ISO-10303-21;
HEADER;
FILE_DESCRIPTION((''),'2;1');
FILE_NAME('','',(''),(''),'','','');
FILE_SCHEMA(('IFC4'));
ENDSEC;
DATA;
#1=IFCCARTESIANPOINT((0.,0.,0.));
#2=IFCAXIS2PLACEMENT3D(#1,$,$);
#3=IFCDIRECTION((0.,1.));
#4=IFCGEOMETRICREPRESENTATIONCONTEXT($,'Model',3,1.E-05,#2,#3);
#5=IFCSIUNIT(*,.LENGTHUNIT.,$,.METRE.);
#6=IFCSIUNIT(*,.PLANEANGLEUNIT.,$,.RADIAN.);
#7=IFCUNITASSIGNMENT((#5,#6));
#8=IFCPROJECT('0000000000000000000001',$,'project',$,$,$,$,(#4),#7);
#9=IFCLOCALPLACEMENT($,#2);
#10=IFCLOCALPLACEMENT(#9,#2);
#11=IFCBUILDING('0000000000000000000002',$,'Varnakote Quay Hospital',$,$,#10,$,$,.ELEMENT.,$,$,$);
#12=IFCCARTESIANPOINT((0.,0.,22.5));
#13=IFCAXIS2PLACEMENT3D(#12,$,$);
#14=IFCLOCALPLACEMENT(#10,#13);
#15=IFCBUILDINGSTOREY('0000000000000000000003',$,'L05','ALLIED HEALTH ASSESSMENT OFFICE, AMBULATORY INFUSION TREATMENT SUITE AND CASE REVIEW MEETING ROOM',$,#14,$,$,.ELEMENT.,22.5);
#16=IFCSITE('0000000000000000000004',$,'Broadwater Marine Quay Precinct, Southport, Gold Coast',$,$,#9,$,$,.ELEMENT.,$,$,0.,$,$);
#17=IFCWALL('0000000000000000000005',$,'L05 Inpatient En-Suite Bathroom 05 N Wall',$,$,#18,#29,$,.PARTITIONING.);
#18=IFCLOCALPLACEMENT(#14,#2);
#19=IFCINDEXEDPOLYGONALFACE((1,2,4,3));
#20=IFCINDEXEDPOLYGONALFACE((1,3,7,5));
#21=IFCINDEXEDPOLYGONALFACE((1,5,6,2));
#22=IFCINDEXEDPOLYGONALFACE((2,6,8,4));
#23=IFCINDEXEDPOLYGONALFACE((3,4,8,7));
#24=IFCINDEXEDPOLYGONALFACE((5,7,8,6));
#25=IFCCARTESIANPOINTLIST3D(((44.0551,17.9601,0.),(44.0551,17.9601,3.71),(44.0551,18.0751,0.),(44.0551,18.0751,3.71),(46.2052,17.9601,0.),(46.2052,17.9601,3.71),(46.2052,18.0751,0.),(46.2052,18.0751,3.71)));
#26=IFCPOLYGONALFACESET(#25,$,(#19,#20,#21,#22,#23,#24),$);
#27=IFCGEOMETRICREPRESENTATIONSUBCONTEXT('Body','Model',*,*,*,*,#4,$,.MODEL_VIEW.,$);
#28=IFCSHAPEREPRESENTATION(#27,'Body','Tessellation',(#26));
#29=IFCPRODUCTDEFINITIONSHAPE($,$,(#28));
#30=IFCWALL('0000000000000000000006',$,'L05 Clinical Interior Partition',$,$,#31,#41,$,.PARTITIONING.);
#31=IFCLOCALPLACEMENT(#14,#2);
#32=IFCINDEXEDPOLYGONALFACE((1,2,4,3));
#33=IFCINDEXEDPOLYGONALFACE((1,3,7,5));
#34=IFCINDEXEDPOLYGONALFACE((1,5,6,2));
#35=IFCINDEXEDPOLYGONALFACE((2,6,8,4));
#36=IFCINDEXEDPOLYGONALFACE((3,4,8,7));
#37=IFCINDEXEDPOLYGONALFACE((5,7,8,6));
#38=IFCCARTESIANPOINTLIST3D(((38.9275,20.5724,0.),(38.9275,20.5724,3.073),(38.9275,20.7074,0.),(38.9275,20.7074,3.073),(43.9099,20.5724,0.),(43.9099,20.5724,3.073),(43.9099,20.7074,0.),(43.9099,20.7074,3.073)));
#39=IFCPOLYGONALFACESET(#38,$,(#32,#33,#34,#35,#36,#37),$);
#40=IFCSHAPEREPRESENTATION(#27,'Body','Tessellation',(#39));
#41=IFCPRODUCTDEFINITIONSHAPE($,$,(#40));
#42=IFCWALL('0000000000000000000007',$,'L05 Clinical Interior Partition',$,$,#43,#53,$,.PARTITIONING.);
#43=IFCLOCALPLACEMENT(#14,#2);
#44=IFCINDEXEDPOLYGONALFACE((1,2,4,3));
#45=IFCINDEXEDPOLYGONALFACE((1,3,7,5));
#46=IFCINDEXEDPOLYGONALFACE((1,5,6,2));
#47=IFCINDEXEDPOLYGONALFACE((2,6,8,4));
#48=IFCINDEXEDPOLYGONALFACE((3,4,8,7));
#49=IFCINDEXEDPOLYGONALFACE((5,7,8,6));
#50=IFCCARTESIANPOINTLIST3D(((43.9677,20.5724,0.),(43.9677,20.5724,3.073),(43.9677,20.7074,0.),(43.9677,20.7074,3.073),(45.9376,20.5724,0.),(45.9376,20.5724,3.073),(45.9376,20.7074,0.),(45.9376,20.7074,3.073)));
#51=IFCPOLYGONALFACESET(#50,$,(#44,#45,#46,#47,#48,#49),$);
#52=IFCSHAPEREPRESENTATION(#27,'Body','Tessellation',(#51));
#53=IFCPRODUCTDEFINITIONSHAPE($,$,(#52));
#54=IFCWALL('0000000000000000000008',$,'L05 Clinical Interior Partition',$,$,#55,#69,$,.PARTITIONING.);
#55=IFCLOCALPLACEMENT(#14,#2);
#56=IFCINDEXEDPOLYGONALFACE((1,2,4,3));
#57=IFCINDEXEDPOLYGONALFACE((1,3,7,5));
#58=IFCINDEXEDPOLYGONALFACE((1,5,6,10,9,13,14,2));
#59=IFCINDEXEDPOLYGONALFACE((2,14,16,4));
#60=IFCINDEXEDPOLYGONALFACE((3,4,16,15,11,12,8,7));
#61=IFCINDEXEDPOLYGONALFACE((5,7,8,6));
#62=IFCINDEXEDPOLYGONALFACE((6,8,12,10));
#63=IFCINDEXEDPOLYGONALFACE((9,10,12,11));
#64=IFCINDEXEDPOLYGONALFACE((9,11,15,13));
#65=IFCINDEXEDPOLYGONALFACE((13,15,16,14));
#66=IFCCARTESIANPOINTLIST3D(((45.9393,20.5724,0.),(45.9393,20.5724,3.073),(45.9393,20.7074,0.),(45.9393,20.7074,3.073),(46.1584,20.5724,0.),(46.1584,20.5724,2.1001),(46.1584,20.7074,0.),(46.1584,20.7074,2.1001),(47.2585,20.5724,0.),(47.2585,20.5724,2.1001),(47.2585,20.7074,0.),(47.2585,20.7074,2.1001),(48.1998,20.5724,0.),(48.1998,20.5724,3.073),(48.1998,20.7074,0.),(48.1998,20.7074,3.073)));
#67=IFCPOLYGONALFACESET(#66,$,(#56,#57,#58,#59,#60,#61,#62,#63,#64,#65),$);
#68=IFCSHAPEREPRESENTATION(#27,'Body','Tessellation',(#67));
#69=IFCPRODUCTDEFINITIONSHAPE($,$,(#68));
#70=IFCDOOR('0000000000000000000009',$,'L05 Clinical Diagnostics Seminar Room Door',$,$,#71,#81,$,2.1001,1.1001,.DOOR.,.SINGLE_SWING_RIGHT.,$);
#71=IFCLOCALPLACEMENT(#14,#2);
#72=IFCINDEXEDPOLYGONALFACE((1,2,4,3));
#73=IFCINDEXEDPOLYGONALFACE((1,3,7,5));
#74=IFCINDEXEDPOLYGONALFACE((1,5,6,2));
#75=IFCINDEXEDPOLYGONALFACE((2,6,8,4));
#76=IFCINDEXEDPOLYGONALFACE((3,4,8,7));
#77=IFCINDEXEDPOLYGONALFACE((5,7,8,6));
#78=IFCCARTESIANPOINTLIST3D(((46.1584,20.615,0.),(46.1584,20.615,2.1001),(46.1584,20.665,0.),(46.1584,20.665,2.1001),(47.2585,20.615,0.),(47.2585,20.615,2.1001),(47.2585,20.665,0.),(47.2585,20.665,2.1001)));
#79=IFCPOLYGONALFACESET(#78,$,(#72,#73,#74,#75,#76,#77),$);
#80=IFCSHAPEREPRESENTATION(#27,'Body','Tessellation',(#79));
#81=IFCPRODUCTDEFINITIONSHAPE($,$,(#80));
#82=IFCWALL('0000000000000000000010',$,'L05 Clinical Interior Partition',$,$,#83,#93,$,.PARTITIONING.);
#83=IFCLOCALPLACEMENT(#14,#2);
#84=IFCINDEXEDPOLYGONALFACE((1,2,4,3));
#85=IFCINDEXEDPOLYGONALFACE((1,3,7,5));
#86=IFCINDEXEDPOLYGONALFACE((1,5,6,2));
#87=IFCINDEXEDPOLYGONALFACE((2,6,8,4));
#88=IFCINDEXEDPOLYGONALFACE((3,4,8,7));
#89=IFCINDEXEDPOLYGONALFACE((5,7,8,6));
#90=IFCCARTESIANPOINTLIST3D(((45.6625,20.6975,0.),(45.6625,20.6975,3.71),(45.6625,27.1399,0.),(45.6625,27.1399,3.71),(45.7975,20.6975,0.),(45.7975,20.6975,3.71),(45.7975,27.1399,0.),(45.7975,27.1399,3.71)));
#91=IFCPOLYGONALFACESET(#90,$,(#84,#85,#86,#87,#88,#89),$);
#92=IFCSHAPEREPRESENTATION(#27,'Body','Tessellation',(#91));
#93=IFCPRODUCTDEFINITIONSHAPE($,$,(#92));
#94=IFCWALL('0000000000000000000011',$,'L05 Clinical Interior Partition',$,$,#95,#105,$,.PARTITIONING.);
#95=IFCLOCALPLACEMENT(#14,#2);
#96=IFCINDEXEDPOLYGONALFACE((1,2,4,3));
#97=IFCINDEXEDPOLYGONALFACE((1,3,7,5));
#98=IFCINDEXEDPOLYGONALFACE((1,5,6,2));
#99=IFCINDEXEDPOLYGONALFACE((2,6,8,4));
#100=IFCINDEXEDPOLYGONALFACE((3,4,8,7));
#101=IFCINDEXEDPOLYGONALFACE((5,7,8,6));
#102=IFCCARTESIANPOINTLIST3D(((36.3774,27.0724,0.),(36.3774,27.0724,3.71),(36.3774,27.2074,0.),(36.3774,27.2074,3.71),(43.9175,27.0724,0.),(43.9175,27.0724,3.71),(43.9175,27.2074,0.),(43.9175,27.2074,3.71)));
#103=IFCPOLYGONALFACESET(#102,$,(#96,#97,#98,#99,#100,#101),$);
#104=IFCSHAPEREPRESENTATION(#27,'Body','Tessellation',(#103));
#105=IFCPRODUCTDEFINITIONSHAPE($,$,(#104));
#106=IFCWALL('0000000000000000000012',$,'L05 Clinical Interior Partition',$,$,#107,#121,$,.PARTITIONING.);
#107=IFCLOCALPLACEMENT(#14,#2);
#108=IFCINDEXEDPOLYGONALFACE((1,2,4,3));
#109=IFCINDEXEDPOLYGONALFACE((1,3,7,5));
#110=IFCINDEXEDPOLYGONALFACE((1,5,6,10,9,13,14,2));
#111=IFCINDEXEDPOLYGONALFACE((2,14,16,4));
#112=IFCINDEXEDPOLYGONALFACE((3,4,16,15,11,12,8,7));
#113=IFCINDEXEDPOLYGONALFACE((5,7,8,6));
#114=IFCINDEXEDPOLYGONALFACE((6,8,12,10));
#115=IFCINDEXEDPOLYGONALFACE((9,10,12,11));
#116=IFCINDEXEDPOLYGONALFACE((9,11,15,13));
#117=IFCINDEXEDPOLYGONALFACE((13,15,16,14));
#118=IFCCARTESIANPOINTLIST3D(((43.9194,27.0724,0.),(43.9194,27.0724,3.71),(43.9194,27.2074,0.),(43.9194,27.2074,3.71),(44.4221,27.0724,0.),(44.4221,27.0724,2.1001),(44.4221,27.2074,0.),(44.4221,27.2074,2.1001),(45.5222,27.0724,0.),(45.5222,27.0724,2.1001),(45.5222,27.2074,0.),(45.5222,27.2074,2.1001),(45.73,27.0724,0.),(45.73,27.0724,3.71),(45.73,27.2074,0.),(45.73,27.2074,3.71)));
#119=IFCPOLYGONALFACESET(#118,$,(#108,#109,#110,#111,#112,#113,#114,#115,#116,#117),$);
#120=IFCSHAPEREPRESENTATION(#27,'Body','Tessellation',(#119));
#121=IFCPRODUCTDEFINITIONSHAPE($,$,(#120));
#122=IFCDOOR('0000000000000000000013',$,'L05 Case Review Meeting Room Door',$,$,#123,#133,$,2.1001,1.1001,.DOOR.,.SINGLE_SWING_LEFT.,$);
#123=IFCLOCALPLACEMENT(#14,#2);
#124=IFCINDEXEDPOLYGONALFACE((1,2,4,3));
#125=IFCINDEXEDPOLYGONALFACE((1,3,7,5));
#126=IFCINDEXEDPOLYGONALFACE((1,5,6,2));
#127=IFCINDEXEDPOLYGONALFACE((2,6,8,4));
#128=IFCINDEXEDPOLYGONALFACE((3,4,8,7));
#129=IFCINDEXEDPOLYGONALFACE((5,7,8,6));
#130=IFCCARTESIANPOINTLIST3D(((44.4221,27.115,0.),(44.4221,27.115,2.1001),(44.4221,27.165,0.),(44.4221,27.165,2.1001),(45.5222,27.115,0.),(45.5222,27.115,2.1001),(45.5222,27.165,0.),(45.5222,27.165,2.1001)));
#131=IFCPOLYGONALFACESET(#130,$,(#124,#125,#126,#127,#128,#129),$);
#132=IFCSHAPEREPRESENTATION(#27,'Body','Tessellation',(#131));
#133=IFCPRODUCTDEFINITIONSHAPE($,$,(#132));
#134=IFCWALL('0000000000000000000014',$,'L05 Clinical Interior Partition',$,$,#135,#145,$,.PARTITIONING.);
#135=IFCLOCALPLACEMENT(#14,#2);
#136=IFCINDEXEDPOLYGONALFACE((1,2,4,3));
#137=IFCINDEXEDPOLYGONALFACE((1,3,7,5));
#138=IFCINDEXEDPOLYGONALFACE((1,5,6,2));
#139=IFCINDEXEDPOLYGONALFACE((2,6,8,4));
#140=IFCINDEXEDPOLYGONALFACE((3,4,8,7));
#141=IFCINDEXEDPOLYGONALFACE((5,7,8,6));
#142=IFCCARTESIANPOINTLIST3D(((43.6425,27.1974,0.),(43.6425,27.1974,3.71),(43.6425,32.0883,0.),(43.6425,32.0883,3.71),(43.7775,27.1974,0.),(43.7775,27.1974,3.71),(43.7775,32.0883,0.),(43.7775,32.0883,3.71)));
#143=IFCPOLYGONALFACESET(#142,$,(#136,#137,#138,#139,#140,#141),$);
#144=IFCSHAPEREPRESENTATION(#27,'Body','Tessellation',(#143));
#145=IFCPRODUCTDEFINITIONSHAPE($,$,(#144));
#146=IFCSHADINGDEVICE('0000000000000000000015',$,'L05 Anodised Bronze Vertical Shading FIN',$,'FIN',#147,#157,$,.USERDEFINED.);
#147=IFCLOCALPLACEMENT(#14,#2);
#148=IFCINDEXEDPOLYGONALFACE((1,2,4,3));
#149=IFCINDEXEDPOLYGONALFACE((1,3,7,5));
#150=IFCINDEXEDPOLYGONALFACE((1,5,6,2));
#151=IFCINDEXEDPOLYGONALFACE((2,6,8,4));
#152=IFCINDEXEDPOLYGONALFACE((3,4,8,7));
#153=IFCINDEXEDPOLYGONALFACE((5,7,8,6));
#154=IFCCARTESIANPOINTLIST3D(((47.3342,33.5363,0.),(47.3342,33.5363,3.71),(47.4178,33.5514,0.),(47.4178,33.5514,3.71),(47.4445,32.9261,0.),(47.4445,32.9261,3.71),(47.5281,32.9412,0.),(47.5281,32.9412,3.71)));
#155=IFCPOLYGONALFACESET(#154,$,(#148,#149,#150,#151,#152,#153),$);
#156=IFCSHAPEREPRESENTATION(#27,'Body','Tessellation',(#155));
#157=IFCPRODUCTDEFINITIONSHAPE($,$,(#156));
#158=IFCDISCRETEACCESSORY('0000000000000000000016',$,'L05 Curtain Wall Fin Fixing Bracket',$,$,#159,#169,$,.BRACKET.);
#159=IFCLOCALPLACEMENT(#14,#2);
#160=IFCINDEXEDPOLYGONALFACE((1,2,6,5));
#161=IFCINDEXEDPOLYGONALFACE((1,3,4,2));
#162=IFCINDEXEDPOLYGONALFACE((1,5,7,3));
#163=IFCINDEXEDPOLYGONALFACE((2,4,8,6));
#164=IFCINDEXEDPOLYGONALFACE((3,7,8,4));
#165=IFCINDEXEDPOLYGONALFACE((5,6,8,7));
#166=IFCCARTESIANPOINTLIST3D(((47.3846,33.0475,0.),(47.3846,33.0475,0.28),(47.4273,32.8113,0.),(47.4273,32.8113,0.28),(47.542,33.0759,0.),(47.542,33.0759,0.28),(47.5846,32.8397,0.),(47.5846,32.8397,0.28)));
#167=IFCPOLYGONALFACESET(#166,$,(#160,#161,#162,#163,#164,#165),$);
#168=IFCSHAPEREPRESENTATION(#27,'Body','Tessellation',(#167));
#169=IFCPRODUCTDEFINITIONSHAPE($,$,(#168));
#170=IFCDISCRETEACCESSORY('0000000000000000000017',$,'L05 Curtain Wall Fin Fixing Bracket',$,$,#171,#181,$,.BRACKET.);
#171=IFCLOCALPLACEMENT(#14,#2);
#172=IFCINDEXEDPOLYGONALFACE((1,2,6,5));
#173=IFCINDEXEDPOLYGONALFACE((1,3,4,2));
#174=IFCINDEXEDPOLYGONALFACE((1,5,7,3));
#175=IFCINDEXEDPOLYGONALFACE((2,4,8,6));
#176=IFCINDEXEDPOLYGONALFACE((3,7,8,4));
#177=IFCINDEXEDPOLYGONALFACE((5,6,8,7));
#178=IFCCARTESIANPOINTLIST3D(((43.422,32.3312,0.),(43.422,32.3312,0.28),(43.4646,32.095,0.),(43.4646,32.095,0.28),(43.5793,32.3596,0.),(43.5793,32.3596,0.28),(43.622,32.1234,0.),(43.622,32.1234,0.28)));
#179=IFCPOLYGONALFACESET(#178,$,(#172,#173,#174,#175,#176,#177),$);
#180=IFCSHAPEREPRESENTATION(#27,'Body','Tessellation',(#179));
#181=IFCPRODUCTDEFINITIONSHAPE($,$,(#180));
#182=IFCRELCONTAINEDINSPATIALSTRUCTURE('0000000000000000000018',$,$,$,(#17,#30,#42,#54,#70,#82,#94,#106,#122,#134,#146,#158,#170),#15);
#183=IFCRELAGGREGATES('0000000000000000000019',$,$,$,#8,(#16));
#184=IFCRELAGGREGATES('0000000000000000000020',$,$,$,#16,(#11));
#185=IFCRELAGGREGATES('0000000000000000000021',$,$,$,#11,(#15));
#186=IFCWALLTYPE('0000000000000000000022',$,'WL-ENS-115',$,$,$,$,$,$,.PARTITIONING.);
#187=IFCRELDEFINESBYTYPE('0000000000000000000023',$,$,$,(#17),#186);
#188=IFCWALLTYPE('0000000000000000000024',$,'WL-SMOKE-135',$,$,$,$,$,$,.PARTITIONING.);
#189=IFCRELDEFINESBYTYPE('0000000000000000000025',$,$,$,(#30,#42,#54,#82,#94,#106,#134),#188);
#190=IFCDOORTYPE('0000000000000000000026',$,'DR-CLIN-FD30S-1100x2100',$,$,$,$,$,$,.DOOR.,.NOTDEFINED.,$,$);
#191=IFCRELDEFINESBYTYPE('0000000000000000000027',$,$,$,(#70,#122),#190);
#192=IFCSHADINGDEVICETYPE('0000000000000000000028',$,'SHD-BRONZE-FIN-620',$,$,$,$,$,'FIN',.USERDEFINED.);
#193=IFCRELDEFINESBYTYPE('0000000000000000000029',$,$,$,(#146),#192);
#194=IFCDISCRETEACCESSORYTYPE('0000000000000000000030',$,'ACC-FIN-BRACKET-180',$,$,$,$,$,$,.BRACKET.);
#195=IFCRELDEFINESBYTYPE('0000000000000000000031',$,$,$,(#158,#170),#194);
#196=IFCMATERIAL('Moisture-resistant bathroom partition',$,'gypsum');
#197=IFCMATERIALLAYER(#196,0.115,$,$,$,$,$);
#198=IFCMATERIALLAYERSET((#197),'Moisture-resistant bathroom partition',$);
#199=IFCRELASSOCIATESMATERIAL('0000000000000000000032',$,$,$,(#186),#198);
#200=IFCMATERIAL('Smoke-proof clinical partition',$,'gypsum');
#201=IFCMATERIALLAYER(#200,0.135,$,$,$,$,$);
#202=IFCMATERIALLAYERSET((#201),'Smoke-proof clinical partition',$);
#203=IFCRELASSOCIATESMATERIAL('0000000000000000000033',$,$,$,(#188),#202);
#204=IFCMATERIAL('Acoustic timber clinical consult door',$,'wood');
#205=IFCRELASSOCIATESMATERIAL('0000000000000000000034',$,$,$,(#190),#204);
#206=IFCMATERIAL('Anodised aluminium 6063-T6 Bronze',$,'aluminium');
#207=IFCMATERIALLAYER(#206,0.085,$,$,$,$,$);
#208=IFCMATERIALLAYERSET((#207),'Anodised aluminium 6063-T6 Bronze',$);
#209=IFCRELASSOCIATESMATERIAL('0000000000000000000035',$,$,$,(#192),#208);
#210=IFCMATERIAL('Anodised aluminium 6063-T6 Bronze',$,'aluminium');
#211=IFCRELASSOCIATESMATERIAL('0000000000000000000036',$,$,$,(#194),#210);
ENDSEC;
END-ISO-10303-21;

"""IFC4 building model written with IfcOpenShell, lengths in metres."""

from ifc_helpers import new_model, si_unit, direction, frame, frame_2d, origin, origin_2d, place, context, subcontext, project, spatial, rectangle, extrude, material, layer, layer_set, type_object, element, fill, save


model = new_model("IFC4")

# Units and contexts
model_context = context("Model", 3, precision=1e-05, world=origin(), true_north=direction((0.0, 1.0)))
body_context = subcontext(model_context, "Body", "Model", "MODEL_VIEW")
ifc_project = project(units=[si_unit("LENGTHUNIT", "METRE"), si_unit("PLANEANGLEUNIT", "RADIAN")], contexts=[model_context])

# Site, building, storey
site_placement = place(None, origin())
site = spatial("IfcSite", under=ifc_project, at=site_placement, Name="Broadwater Marine Quay Precinct, Southport, Gold Coast", CompositionType="ELEMENT", RefElevation=0.0)
building_placement = place(site_placement, origin())
building = spatial("IfcBuilding", under=site, at=building_placement, Name="Varnakote Quay Hospital", CompositionType="ELEMENT")
storey_placement = place(building_placement, frame((0.0, 0.0, 22.5)))
storey = spatial("IfcBuildingStorey", under=building, at=storey_placement, Name="L05", Description="ALLIED HEALTH ASSESSMENT OFFICE, AMBULATORY INFUSION TREATMENT SUITE AND CASE REVIEW MEETING ROOM", CompositionType="ELEMENT", Elevation=22.5)

# Walls
ifc_material_1 = material(Name="Moisture-resistant bathroom partition", Category="gypsum")
ifc_layer_1 = layer(ifc_material_1, 0.115)
ifc_layer_set_1 = layer_set([ifc_layer_1], Name="Moisture-resistant bathroom partition")
wall_type_1 = type_object("IfcWallType", Name="WL-ENS-115", PredefinedType="PARTITIONING", material=ifc_layer_set_1)
wall_1_placement = place(storey_placement, frame((44.0549, 18.0176, 0.0), z_axis=(0.0, 0.0, 1.0), x_axis=(1.0, 0.0, 0.0)))
element("IfcWall", 1, at=wall_1_placement, inside=storey, type_object=wall_type_1, Name="L05 Inpatient En-Suite Bathroom 05 N Wall", PredefinedType="PARTITIONING", context=body_context, shape_type="SweptSolid", body=[
    extrude(rectangle(XDim=2.1501, YDim=0.115, at=frame_2d((1.0752, 0.0))), origin(), (0.0, 0.0, 1.0), 3.71),
])
ifc_material_2 = material(Name="Smoke-proof clinical partition", Category="gypsum")
ifc_layer_2 = layer(ifc_material_2, 0.135)
ifc_layer_set_2 = layer_set([ifc_layer_2], Name="Smoke-proof clinical partition")
wall_type_2 = type_object("IfcWallType", Name="WL-SMOKE-135", PredefinedType="PARTITIONING", material=ifc_layer_set_2)
wall_2_placement = place(storey_placement, frame((43.9099, 20.6399, 0.0), z_axis=(0.0, 0.0, 1.0), x_axis=(-1.0, 0.0, 0.0)))
element("IfcWall", 2, at=wall_2_placement, inside=storey, type_object=wall_type_2, Name="L05 Clinical Interior Partition", PredefinedType="PARTITIONING", context=body_context, shape_type="SweptSolid", body=[
    extrude(rectangle(XDim=4.9824, YDim=0.135, at=frame_2d((2.4912, 0.0))), origin(), (0.0, 0.0, 1.0), 3.073),
])
wall_3_placement = place(storey_placement, frame((45.9375, 20.6399, 0.0), z_axis=(0.0, 0.0, 1.0), x_axis=(-1.0, 0.0, 0.0)))
element("IfcWall", 3, at=wall_3_placement, inside=storey, type_object=wall_type_2, Name="L05 Clinical Interior Partition", PredefinedType="PARTITIONING", context=body_context, shape_type="SweptSolid", body=[
    extrude(rectangle(XDim=1.97, YDim=0.135, at=frame_2d((0.9849, 0.0))), origin(), (0.0, 0.0, 1.0), 3.073),
])

# Wall, opening, door
wall_4_placement = place(storey_placement, frame((48.2, 20.6399, 0.0), z_axis=(0.0, 0.0, 1.0), x_axis=(-1.0, 0.0, 0.0)))
wall_4 = element("IfcWall", 4, at=wall_4_placement, inside=storey, type_object=wall_type_2, Name="L05 Clinical Interior Partition", PredefinedType="PARTITIONING", context=body_context, shape_type="SweptSolid", body=[
    extrude(rectangle(XDim=2.2605, YDim=0.135, at=frame_2d((1.1304, 0.0))), origin(), (0.0, 0.0, 1.0), 3.073),
])
opening_1_placement = place(wall_4_placement, frame((0.9414, 0.0, 0.0)))
opening_1 = element("IfcOpeningElement", 5, at=opening_1_placement, cuts=wall_4, PredefinedType="OPENING", context=body_context, shape_type="SweptSolid", body=[
    extrude(rectangle(XDim=1.1001, YDim=2.1001, at=frame_2d((0.55, 1.05))), frame((0.0, 0.0774, 0.0), z_axis=(0.0, -1.0, 0.0), x_axis=(1.0, 0.0, 0.0)), (0.0, 0.0, 1.0), 0.155),
])
ifc_material_3 = material(Name="Acoustic timber clinical consult door", Category="wood")
door_type = type_object("IfcDoorType", Name="DR-CLIN-FD30S-1100x2100", OperationType="NOTDEFINED", PredefinedType="DOOR", material=ifc_material_3)
door_1_placement = place(opening_1_placement, origin())
door_1 = element("IfcDoor", 6, at=door_1_placement, inside=storey, type_object=door_type, Name="L05 Clinical Diagnostics Seminar Room Door", OperationType="SINGLE_SWING_RIGHT", OverallHeight=2.1001, OverallWidth=1.1001, PredefinedType="DOOR", context=body_context, shape_type="SweptSolid", body=[
    extrude(rectangle(XDim=1.1001, YDim=2.1001, at=frame_2d((0.55, 1.05))), frame((0.0, 0.0249, 0.0), z_axis=(0.0, -1.0, 0.0), x_axis=(1.0, 0.0, 0.0)), (0.0, 0.0, 1.0), 0.05),
])
fill(opening_1, door_1)

# Walls
wall_5_placement = place(storey_placement, frame((45.73, 20.6975, 0.0), z_axis=(0.0, 0.0, 1.0), x_axis=(0.0, 1.0, 0.0)))
element("IfcWall", 7, at=wall_5_placement, inside=storey, type_object=wall_type_2, Name="L05 Clinical Interior Partition", PredefinedType="PARTITIONING", context=body_context, shape_type="SweptSolid", body=[
    extrude(rectangle(XDim=6.4424, YDim=0.135, at=frame_2d((3.2212, 0.0))), origin(), (0.0, 0.0, 1.0), 3.71),
])
wall_6_placement = place(storey_placement, frame((43.9175, 27.1399, 0.0), z_axis=(0.0, 0.0, 1.0), x_axis=(-1.0, 0.0, 0.0)))
element("IfcWall", 8, at=wall_6_placement, inside=storey, type_object=wall_type_2, Name="L05 Clinical Interior Partition", PredefinedType="PARTITIONING", context=body_context, shape_type="SweptSolid", body=[
    extrude(rectangle(XDim=7.54, YDim=0.135, at=frame_2d((3.77, 0.0))), origin(), (0.0, 0.0, 1.0), 3.71),
])

# Wall, opening, door
wall_7_placement = place(storey_placement, frame((45.73, 27.1399, 0.0), z_axis=(0.0, 0.0, 1.0), x_axis=(-1.0, 0.0, 0.0)))
wall_7 = element("IfcWall", 9, at=wall_7_placement, inside=storey, type_object=wall_type_2, Name="L05 Clinical Interior Partition", PredefinedType="PARTITIONING", context=body_context, shape_type="SweptSolid", body=[
    extrude(rectangle(XDim=1.8105, YDim=0.135, at=frame_2d((0.9053, 0.0))), origin(), (0.0, 0.0, 1.0), 3.71),
])
opening_2_placement = place(wall_7_placement, frame((0.2078, 0.0, 0.0)))
opening_2 = element("IfcOpeningElement", 10, at=opening_2_placement, cuts=wall_7, PredefinedType="OPENING", context=body_context, shape_type="SweptSolid", body=[
    extrude(rectangle(XDim=1.1001, YDim=2.1001, at=frame_2d((0.55, 1.05))), frame((0.0, 0.0774, 0.0), z_axis=(0.0, -1.0, 0.0), x_axis=(1.0, 0.0, 0.0)), (0.0, 0.0, 1.0), 0.155),
])
door_2_placement = place(opening_2_placement, origin())
door_2 = element("IfcDoor", 11, at=door_2_placement, inside=storey, type_object=door_type, Name="L05 Case Review Meeting Room Door", OperationType="SINGLE_SWING_LEFT", OverallHeight=2.1001, OverallWidth=1.1001, PredefinedType="DOOR", context=body_context, shape_type="SweptSolid", body=[
    extrude(rectangle(XDim=1.1001, YDim=2.1001, at=frame_2d((0.55, 1.05))), frame((0.0, 0.0249, 0.0), z_axis=(0.0, -1.0, 0.0), x_axis=(1.0, 0.0, 0.0)), (0.0, 0.0, 1.0), 0.05),
])
fill(opening_2, door_2)

# Wall
wall_8_placement = place(storey_placement, frame((43.71, 27.1975, 0.0), z_axis=(0.0, 0.0, 1.0), x_axis=(0.0, 1.0, 0.0)))
element("IfcWall", 12, at=wall_8_placement, inside=storey, type_object=wall_type_2, Name="L05 Clinical Interior Partition", PredefinedType="PARTITIONING", context=body_context, shape_type="SweptSolid", body=[
    extrude(rectangle(XDim=4.8909, YDim=0.135, at=frame_2d((2.4453, 0.0))), origin(), (0.0, 0.0, 1.0), 3.71),
])

# Shading device
ifc_material_4 = material(Name="Anodised aluminium 6063-T6 Bronze", Category="aluminium")
ifc_layer_3 = layer(ifc_material_4, 0.085)
ifc_layer_set_3 = layer_set([ifc_layer_3], Name="Anodised aluminium 6063-T6 Bronze")
shading_device_type = type_object("IfcShadingDeviceType", Name="SHD-BRONZE-FIN-620", ElementType="FIN", PredefinedType="USERDEFINED", material=ifc_layer_set_3)
shading_device_placement = place(storey_placement, frame((47.4312, 33.2388, 0.0), z_axis=(0.0, 0.0, 1.0), x_axis=(0.177772, -0.984072, 0.0)))
element("IfcShadingDevice", 13, at=shading_device_placement, inside=storey, type_object=shading_device_type, Name="L05 Anodised Bronze Vertical Shading FIN", ObjectType="FIN", PredefinedType="USERDEFINED", context=body_context, shape_type="SweptSolid", body=[
    extrude(rectangle(XDim=0.6201, YDim=0.085, at=origin_2d()), origin(), (0.0, 0.0, 1.0), 3.71),
])

# Discrete accessories
ifc_material_5 = material(Name="Anodised aluminium 6063-T6 Bronze", Category="aluminium")
discrete_accessory_type = type_object("IfcDiscreteAccessoryType", Name="ACC-FIN-BRACKET-180", PredefinedType="BRACKET", material=ifc_material_5)
for number, where, z_axis, x_axis, name in (
    (14, (47.4846, 32.9436, 0.0), (0.0, 0.0, 1.0), (-0.984072, -0.177772, 0.0), "L05 Curtain Wall Fin Fixing Bracket"),
    (15, (43.522, 32.2273, 0.0), (0.0, 0.0, 1.0), (-0.984072, -0.177772, 0.0), "L05 Curtain Wall Fin Fixing Bracket"),
):
    element("IfcDiscreteAccessory", number, at=place(storey_placement, frame(where, z_axis=z_axis, x_axis=x_axis)), inside=storey, type_object=discrete_accessory_type, Name=name, PredefinedType="BRACKET", context=body_context, shape_type="SweptSolid", body=[
        extrude(rectangle(XDim=0.1599, YDim=0.24, at=origin_2d()), origin(), (0.0, 0.0, 1.0), 0.28),
    ])

save(model, "model.ifc")
